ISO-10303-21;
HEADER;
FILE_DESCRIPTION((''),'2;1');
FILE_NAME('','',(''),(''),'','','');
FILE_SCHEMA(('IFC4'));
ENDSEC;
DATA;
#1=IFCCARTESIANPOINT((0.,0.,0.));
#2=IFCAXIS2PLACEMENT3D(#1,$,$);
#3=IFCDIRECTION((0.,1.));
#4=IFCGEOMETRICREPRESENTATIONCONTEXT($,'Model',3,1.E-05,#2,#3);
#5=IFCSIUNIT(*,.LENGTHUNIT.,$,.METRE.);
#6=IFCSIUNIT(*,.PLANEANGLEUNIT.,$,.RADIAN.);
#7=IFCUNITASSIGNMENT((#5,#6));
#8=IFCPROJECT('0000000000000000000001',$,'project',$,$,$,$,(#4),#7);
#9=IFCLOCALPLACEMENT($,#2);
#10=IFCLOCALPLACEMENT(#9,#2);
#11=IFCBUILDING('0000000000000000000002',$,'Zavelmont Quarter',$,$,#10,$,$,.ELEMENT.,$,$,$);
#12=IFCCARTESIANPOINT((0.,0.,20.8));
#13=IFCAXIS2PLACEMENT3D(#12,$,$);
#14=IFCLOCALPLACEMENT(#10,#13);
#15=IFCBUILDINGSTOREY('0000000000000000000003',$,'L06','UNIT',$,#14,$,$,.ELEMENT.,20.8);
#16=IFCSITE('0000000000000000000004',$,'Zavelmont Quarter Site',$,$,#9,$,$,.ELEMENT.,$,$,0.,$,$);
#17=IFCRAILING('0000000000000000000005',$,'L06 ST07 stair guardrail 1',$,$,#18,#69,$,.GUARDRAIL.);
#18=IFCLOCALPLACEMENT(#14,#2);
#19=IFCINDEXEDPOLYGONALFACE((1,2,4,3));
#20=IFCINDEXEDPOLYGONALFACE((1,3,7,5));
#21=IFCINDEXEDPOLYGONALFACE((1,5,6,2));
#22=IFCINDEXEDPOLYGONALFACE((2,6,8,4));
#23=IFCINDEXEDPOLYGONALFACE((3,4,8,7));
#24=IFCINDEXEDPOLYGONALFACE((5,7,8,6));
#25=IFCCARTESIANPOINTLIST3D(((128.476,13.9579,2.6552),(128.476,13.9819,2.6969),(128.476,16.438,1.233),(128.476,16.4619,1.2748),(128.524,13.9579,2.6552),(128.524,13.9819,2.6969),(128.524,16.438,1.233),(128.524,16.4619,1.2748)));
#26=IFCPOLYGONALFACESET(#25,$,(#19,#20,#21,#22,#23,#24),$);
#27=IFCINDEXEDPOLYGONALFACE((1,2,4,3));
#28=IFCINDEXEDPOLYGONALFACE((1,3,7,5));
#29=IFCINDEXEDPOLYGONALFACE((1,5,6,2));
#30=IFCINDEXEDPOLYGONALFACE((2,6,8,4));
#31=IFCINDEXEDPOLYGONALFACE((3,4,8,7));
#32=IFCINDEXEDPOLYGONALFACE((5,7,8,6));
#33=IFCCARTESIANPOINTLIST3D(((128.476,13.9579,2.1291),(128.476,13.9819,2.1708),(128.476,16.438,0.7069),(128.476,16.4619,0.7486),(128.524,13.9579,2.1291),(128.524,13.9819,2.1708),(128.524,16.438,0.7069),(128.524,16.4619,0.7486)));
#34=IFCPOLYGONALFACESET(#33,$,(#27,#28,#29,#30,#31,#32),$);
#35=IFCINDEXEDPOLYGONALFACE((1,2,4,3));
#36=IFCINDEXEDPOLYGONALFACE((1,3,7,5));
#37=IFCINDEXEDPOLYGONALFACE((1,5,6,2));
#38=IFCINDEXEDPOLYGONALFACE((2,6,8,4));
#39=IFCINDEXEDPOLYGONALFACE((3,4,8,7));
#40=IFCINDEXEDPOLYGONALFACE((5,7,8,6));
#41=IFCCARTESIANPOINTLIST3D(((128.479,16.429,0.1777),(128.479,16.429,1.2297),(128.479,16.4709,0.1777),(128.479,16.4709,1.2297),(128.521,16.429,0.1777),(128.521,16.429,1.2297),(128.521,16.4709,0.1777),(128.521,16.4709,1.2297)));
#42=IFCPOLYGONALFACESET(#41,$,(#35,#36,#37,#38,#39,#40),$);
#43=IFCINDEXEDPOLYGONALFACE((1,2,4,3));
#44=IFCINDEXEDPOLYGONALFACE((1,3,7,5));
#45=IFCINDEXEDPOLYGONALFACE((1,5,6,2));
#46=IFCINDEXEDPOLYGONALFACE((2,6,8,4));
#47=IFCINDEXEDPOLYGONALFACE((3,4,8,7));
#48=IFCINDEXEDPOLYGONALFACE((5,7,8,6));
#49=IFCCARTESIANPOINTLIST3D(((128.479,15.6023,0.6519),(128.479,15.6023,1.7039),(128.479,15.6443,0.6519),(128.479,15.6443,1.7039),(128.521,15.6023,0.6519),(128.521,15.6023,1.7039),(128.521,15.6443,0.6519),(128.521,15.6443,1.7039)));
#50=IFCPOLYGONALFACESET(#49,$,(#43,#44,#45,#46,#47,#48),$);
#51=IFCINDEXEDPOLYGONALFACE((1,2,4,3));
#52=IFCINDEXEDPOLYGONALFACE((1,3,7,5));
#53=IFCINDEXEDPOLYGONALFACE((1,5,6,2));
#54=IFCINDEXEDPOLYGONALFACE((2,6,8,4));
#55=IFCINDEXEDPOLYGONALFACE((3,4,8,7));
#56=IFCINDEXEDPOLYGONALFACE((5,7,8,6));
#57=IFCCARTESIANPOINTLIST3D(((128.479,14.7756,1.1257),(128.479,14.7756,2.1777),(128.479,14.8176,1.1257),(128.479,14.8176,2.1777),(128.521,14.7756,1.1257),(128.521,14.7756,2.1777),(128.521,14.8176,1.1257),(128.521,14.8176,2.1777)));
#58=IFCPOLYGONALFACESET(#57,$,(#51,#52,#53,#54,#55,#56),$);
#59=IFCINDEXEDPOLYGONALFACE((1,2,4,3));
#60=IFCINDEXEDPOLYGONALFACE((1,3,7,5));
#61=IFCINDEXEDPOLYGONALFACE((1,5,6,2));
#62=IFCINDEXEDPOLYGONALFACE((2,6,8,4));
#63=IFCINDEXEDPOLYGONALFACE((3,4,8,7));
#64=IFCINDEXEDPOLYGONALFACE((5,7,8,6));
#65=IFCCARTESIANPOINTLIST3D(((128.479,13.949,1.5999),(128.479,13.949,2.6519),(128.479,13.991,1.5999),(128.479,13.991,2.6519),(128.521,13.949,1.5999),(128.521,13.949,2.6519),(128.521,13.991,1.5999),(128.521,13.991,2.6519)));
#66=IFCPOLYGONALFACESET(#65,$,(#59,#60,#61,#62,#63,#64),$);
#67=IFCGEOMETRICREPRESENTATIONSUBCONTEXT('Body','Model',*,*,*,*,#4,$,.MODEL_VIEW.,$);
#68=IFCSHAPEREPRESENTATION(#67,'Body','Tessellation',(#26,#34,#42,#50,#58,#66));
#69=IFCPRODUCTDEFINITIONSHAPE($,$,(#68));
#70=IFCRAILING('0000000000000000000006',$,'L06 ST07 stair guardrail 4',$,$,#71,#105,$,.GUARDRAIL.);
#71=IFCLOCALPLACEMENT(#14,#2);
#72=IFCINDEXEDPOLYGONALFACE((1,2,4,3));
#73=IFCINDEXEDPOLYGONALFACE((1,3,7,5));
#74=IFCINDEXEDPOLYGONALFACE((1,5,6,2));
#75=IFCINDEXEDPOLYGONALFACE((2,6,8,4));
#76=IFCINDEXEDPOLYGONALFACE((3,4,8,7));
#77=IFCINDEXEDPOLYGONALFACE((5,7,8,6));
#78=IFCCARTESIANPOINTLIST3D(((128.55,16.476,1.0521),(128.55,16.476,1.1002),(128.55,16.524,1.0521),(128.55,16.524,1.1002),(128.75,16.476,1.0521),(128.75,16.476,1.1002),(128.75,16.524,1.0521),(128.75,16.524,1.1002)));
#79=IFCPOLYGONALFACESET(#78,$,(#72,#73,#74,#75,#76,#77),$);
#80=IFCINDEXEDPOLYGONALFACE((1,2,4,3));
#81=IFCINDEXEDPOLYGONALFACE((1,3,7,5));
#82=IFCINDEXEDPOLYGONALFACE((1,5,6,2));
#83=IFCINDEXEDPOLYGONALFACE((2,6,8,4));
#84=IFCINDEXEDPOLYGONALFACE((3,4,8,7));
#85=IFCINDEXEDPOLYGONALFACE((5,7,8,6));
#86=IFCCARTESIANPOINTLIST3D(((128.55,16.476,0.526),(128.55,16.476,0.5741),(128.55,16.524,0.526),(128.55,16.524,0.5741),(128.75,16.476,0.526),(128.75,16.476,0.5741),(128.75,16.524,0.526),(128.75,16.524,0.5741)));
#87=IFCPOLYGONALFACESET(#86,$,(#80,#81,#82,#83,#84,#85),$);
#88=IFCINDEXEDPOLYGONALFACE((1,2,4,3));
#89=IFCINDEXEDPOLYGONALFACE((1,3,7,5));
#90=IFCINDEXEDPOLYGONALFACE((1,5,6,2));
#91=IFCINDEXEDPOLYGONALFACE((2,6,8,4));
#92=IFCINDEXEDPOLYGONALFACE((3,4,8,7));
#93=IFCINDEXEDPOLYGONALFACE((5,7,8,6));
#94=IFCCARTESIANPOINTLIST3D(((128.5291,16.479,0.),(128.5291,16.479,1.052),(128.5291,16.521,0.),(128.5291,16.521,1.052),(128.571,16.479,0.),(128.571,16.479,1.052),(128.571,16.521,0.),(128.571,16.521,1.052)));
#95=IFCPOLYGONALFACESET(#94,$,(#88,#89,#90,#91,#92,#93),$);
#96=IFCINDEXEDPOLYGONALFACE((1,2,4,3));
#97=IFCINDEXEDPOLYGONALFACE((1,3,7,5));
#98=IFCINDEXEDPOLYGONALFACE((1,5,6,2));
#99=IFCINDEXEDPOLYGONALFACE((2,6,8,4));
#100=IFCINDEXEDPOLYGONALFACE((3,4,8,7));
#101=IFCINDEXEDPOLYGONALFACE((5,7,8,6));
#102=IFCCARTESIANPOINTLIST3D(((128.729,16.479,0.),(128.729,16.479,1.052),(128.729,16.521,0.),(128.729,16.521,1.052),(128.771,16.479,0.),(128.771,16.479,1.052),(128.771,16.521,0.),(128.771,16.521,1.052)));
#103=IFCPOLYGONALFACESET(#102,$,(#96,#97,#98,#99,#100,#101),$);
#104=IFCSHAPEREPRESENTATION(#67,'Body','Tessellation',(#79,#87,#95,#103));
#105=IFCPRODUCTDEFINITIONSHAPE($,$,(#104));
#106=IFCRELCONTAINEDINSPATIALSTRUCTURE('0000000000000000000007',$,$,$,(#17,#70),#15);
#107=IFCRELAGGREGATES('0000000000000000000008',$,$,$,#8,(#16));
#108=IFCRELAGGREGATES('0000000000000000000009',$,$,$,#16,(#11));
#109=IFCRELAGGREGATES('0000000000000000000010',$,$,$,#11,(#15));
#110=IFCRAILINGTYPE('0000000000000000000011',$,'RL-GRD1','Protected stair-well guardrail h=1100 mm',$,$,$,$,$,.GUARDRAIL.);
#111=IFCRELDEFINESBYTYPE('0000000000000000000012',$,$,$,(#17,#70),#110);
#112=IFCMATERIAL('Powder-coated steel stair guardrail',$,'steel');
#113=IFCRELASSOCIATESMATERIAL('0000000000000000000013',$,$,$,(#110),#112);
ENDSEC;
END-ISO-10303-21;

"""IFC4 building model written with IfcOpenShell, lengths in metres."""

from ifc_helpers import new_model, si_unit, direction, frame, origin, origin_2d, place, context, subcontext, project, spatial, rectangle, extrude, material, type_object, element, save


model = new_model("IFC4")

# Units and contexts
model_context = context("Model", 3, precision=1e-05, world=origin(), true_north=direction((0.0, 1.0)))
body_context = subcontext(model_context, "Body", "Model", "MODEL_VIEW")
ifc_project = project(units=[si_unit("LENGTHUNIT", "METRE"), si_unit("PLANEANGLEUNIT", "RADIAN")], contexts=[model_context])

# Site, building, storey
site_placement = place(None, origin())
site = spatial("IfcSite", under=ifc_project, at=site_placement, Name="Zavelmont Quarter Site", CompositionType="ELEMENT", RefElevation=0.0)
building_placement = place(site_placement, origin())
building = spatial("IfcBuilding", under=site, at=building_placement, Name="Zavelmont Quarter", CompositionType="ELEMENT")
storey_placement = place(building_placement, frame((0.0, 0.0, 20.8)))
storey = spatial("IfcBuildingStorey", under=building, at=storey_placement, Name="L06", Description="UNIT", CompositionType="ELEMENT", Elevation=20.8)

# Railings
ifc_material_1 = material(Name="Powder-coated steel stair guardrail", Category="steel")
railing_type = type_object("IfcRailingType", Name="RL-GRD1", Description="Protected stair-well guardrail h=1100 mm", PredefinedType="GUARDRAIL", material=ifc_material_1)
railing_1_placement = place(storey_placement, frame((128.5, 16.45, 0.1777)))
element("IfcRailing", 1, at=railing_1_placement, inside=storey, type_object=railing_type, Name="L06 ST07 stair guardrail 1", PredefinedType="GUARDRAIL", context=body_context, shape_type="SweptSolid", body=[
    extrude(rectangle(XDim=0.0481, YDim=0.0481, at=origin_2d()), frame((0.0, 0.0, 1.0762), z_axis=(0.0, -0.867491, 0.497454), x_axis=(1.0, 0.0, 0.0)), (0.0, 0.0, 1.0), 2.8589),
    extrude(rectangle(XDim=0.0481, YDim=0.0481, at=origin_2d()), frame((0.0, 0.0, 0.55), z_axis=(0.0, -0.867491, 0.497454), x_axis=(1.0, 0.0, 0.0)), (0.0, 0.0, 1.0), 2.8589),
    extrude(rectangle(XDim=0.042, YDim=0.042, at=origin_2d()), origin(), (0.0, 0.0, 1.0), 1.052),
    extrude(rectangle(XDim=0.042, YDim=0.042, at=origin_2d()), frame((0.0, -0.8267, 0.4741)), (0.0, 0.0, 1.0), 1.052),
    extrude(rectangle(XDim=0.042, YDim=0.042, at=origin_2d()), frame((0.0, -1.6533, 0.948)), (0.0, 0.0, 1.0), 1.052),
    extrude(rectangle(XDim=0.042, YDim=0.042, at=origin_2d()), frame((0.0, -2.48, 1.4221)), (0.0, 0.0, 1.0), 1.052),
])
railing_2_placement = place(storey_placement, frame((128.55, 16.5, 0.0)))
element("IfcRailing", 2, at=railing_2_placement, inside=storey, type_object=railing_type, Name="L06 ST07 stair guardrail 4", PredefinedType="GUARDRAIL", context=body_context, shape_type="SweptSolid", body=[
    extrude(rectangle(XDim=0.0481, YDim=0.0481, at=origin_2d()), frame((0.0, 0.0, 1.0762), z_axis=(1.0, 0.0, 0.0), x_axis=(0.0, 1.0, 0.0)), (0.0, 0.0, 1.0), 0.2),
    extrude(rectangle(XDim=0.0481, YDim=0.0481, at=origin_2d()), frame((0.0, 0.0, 0.55), z_axis=(1.0, 0.0, 0.0), x_axis=(0.0, 1.0, 0.0)), (0.0, 0.0, 1.0), 0.2),
    extrude(rectangle(XDim=0.042, YDim=0.042, at=origin_2d()), origin(), (0.0, 0.0, 1.0), 1.052),
    extrude(rectangle(XDim=0.042, YDim=0.042, at=origin_2d()), frame((0.2, 0.0, 0.0)), (0.0, 0.0, 1.0), 1.052),
])

save(model, "model.ifc")
